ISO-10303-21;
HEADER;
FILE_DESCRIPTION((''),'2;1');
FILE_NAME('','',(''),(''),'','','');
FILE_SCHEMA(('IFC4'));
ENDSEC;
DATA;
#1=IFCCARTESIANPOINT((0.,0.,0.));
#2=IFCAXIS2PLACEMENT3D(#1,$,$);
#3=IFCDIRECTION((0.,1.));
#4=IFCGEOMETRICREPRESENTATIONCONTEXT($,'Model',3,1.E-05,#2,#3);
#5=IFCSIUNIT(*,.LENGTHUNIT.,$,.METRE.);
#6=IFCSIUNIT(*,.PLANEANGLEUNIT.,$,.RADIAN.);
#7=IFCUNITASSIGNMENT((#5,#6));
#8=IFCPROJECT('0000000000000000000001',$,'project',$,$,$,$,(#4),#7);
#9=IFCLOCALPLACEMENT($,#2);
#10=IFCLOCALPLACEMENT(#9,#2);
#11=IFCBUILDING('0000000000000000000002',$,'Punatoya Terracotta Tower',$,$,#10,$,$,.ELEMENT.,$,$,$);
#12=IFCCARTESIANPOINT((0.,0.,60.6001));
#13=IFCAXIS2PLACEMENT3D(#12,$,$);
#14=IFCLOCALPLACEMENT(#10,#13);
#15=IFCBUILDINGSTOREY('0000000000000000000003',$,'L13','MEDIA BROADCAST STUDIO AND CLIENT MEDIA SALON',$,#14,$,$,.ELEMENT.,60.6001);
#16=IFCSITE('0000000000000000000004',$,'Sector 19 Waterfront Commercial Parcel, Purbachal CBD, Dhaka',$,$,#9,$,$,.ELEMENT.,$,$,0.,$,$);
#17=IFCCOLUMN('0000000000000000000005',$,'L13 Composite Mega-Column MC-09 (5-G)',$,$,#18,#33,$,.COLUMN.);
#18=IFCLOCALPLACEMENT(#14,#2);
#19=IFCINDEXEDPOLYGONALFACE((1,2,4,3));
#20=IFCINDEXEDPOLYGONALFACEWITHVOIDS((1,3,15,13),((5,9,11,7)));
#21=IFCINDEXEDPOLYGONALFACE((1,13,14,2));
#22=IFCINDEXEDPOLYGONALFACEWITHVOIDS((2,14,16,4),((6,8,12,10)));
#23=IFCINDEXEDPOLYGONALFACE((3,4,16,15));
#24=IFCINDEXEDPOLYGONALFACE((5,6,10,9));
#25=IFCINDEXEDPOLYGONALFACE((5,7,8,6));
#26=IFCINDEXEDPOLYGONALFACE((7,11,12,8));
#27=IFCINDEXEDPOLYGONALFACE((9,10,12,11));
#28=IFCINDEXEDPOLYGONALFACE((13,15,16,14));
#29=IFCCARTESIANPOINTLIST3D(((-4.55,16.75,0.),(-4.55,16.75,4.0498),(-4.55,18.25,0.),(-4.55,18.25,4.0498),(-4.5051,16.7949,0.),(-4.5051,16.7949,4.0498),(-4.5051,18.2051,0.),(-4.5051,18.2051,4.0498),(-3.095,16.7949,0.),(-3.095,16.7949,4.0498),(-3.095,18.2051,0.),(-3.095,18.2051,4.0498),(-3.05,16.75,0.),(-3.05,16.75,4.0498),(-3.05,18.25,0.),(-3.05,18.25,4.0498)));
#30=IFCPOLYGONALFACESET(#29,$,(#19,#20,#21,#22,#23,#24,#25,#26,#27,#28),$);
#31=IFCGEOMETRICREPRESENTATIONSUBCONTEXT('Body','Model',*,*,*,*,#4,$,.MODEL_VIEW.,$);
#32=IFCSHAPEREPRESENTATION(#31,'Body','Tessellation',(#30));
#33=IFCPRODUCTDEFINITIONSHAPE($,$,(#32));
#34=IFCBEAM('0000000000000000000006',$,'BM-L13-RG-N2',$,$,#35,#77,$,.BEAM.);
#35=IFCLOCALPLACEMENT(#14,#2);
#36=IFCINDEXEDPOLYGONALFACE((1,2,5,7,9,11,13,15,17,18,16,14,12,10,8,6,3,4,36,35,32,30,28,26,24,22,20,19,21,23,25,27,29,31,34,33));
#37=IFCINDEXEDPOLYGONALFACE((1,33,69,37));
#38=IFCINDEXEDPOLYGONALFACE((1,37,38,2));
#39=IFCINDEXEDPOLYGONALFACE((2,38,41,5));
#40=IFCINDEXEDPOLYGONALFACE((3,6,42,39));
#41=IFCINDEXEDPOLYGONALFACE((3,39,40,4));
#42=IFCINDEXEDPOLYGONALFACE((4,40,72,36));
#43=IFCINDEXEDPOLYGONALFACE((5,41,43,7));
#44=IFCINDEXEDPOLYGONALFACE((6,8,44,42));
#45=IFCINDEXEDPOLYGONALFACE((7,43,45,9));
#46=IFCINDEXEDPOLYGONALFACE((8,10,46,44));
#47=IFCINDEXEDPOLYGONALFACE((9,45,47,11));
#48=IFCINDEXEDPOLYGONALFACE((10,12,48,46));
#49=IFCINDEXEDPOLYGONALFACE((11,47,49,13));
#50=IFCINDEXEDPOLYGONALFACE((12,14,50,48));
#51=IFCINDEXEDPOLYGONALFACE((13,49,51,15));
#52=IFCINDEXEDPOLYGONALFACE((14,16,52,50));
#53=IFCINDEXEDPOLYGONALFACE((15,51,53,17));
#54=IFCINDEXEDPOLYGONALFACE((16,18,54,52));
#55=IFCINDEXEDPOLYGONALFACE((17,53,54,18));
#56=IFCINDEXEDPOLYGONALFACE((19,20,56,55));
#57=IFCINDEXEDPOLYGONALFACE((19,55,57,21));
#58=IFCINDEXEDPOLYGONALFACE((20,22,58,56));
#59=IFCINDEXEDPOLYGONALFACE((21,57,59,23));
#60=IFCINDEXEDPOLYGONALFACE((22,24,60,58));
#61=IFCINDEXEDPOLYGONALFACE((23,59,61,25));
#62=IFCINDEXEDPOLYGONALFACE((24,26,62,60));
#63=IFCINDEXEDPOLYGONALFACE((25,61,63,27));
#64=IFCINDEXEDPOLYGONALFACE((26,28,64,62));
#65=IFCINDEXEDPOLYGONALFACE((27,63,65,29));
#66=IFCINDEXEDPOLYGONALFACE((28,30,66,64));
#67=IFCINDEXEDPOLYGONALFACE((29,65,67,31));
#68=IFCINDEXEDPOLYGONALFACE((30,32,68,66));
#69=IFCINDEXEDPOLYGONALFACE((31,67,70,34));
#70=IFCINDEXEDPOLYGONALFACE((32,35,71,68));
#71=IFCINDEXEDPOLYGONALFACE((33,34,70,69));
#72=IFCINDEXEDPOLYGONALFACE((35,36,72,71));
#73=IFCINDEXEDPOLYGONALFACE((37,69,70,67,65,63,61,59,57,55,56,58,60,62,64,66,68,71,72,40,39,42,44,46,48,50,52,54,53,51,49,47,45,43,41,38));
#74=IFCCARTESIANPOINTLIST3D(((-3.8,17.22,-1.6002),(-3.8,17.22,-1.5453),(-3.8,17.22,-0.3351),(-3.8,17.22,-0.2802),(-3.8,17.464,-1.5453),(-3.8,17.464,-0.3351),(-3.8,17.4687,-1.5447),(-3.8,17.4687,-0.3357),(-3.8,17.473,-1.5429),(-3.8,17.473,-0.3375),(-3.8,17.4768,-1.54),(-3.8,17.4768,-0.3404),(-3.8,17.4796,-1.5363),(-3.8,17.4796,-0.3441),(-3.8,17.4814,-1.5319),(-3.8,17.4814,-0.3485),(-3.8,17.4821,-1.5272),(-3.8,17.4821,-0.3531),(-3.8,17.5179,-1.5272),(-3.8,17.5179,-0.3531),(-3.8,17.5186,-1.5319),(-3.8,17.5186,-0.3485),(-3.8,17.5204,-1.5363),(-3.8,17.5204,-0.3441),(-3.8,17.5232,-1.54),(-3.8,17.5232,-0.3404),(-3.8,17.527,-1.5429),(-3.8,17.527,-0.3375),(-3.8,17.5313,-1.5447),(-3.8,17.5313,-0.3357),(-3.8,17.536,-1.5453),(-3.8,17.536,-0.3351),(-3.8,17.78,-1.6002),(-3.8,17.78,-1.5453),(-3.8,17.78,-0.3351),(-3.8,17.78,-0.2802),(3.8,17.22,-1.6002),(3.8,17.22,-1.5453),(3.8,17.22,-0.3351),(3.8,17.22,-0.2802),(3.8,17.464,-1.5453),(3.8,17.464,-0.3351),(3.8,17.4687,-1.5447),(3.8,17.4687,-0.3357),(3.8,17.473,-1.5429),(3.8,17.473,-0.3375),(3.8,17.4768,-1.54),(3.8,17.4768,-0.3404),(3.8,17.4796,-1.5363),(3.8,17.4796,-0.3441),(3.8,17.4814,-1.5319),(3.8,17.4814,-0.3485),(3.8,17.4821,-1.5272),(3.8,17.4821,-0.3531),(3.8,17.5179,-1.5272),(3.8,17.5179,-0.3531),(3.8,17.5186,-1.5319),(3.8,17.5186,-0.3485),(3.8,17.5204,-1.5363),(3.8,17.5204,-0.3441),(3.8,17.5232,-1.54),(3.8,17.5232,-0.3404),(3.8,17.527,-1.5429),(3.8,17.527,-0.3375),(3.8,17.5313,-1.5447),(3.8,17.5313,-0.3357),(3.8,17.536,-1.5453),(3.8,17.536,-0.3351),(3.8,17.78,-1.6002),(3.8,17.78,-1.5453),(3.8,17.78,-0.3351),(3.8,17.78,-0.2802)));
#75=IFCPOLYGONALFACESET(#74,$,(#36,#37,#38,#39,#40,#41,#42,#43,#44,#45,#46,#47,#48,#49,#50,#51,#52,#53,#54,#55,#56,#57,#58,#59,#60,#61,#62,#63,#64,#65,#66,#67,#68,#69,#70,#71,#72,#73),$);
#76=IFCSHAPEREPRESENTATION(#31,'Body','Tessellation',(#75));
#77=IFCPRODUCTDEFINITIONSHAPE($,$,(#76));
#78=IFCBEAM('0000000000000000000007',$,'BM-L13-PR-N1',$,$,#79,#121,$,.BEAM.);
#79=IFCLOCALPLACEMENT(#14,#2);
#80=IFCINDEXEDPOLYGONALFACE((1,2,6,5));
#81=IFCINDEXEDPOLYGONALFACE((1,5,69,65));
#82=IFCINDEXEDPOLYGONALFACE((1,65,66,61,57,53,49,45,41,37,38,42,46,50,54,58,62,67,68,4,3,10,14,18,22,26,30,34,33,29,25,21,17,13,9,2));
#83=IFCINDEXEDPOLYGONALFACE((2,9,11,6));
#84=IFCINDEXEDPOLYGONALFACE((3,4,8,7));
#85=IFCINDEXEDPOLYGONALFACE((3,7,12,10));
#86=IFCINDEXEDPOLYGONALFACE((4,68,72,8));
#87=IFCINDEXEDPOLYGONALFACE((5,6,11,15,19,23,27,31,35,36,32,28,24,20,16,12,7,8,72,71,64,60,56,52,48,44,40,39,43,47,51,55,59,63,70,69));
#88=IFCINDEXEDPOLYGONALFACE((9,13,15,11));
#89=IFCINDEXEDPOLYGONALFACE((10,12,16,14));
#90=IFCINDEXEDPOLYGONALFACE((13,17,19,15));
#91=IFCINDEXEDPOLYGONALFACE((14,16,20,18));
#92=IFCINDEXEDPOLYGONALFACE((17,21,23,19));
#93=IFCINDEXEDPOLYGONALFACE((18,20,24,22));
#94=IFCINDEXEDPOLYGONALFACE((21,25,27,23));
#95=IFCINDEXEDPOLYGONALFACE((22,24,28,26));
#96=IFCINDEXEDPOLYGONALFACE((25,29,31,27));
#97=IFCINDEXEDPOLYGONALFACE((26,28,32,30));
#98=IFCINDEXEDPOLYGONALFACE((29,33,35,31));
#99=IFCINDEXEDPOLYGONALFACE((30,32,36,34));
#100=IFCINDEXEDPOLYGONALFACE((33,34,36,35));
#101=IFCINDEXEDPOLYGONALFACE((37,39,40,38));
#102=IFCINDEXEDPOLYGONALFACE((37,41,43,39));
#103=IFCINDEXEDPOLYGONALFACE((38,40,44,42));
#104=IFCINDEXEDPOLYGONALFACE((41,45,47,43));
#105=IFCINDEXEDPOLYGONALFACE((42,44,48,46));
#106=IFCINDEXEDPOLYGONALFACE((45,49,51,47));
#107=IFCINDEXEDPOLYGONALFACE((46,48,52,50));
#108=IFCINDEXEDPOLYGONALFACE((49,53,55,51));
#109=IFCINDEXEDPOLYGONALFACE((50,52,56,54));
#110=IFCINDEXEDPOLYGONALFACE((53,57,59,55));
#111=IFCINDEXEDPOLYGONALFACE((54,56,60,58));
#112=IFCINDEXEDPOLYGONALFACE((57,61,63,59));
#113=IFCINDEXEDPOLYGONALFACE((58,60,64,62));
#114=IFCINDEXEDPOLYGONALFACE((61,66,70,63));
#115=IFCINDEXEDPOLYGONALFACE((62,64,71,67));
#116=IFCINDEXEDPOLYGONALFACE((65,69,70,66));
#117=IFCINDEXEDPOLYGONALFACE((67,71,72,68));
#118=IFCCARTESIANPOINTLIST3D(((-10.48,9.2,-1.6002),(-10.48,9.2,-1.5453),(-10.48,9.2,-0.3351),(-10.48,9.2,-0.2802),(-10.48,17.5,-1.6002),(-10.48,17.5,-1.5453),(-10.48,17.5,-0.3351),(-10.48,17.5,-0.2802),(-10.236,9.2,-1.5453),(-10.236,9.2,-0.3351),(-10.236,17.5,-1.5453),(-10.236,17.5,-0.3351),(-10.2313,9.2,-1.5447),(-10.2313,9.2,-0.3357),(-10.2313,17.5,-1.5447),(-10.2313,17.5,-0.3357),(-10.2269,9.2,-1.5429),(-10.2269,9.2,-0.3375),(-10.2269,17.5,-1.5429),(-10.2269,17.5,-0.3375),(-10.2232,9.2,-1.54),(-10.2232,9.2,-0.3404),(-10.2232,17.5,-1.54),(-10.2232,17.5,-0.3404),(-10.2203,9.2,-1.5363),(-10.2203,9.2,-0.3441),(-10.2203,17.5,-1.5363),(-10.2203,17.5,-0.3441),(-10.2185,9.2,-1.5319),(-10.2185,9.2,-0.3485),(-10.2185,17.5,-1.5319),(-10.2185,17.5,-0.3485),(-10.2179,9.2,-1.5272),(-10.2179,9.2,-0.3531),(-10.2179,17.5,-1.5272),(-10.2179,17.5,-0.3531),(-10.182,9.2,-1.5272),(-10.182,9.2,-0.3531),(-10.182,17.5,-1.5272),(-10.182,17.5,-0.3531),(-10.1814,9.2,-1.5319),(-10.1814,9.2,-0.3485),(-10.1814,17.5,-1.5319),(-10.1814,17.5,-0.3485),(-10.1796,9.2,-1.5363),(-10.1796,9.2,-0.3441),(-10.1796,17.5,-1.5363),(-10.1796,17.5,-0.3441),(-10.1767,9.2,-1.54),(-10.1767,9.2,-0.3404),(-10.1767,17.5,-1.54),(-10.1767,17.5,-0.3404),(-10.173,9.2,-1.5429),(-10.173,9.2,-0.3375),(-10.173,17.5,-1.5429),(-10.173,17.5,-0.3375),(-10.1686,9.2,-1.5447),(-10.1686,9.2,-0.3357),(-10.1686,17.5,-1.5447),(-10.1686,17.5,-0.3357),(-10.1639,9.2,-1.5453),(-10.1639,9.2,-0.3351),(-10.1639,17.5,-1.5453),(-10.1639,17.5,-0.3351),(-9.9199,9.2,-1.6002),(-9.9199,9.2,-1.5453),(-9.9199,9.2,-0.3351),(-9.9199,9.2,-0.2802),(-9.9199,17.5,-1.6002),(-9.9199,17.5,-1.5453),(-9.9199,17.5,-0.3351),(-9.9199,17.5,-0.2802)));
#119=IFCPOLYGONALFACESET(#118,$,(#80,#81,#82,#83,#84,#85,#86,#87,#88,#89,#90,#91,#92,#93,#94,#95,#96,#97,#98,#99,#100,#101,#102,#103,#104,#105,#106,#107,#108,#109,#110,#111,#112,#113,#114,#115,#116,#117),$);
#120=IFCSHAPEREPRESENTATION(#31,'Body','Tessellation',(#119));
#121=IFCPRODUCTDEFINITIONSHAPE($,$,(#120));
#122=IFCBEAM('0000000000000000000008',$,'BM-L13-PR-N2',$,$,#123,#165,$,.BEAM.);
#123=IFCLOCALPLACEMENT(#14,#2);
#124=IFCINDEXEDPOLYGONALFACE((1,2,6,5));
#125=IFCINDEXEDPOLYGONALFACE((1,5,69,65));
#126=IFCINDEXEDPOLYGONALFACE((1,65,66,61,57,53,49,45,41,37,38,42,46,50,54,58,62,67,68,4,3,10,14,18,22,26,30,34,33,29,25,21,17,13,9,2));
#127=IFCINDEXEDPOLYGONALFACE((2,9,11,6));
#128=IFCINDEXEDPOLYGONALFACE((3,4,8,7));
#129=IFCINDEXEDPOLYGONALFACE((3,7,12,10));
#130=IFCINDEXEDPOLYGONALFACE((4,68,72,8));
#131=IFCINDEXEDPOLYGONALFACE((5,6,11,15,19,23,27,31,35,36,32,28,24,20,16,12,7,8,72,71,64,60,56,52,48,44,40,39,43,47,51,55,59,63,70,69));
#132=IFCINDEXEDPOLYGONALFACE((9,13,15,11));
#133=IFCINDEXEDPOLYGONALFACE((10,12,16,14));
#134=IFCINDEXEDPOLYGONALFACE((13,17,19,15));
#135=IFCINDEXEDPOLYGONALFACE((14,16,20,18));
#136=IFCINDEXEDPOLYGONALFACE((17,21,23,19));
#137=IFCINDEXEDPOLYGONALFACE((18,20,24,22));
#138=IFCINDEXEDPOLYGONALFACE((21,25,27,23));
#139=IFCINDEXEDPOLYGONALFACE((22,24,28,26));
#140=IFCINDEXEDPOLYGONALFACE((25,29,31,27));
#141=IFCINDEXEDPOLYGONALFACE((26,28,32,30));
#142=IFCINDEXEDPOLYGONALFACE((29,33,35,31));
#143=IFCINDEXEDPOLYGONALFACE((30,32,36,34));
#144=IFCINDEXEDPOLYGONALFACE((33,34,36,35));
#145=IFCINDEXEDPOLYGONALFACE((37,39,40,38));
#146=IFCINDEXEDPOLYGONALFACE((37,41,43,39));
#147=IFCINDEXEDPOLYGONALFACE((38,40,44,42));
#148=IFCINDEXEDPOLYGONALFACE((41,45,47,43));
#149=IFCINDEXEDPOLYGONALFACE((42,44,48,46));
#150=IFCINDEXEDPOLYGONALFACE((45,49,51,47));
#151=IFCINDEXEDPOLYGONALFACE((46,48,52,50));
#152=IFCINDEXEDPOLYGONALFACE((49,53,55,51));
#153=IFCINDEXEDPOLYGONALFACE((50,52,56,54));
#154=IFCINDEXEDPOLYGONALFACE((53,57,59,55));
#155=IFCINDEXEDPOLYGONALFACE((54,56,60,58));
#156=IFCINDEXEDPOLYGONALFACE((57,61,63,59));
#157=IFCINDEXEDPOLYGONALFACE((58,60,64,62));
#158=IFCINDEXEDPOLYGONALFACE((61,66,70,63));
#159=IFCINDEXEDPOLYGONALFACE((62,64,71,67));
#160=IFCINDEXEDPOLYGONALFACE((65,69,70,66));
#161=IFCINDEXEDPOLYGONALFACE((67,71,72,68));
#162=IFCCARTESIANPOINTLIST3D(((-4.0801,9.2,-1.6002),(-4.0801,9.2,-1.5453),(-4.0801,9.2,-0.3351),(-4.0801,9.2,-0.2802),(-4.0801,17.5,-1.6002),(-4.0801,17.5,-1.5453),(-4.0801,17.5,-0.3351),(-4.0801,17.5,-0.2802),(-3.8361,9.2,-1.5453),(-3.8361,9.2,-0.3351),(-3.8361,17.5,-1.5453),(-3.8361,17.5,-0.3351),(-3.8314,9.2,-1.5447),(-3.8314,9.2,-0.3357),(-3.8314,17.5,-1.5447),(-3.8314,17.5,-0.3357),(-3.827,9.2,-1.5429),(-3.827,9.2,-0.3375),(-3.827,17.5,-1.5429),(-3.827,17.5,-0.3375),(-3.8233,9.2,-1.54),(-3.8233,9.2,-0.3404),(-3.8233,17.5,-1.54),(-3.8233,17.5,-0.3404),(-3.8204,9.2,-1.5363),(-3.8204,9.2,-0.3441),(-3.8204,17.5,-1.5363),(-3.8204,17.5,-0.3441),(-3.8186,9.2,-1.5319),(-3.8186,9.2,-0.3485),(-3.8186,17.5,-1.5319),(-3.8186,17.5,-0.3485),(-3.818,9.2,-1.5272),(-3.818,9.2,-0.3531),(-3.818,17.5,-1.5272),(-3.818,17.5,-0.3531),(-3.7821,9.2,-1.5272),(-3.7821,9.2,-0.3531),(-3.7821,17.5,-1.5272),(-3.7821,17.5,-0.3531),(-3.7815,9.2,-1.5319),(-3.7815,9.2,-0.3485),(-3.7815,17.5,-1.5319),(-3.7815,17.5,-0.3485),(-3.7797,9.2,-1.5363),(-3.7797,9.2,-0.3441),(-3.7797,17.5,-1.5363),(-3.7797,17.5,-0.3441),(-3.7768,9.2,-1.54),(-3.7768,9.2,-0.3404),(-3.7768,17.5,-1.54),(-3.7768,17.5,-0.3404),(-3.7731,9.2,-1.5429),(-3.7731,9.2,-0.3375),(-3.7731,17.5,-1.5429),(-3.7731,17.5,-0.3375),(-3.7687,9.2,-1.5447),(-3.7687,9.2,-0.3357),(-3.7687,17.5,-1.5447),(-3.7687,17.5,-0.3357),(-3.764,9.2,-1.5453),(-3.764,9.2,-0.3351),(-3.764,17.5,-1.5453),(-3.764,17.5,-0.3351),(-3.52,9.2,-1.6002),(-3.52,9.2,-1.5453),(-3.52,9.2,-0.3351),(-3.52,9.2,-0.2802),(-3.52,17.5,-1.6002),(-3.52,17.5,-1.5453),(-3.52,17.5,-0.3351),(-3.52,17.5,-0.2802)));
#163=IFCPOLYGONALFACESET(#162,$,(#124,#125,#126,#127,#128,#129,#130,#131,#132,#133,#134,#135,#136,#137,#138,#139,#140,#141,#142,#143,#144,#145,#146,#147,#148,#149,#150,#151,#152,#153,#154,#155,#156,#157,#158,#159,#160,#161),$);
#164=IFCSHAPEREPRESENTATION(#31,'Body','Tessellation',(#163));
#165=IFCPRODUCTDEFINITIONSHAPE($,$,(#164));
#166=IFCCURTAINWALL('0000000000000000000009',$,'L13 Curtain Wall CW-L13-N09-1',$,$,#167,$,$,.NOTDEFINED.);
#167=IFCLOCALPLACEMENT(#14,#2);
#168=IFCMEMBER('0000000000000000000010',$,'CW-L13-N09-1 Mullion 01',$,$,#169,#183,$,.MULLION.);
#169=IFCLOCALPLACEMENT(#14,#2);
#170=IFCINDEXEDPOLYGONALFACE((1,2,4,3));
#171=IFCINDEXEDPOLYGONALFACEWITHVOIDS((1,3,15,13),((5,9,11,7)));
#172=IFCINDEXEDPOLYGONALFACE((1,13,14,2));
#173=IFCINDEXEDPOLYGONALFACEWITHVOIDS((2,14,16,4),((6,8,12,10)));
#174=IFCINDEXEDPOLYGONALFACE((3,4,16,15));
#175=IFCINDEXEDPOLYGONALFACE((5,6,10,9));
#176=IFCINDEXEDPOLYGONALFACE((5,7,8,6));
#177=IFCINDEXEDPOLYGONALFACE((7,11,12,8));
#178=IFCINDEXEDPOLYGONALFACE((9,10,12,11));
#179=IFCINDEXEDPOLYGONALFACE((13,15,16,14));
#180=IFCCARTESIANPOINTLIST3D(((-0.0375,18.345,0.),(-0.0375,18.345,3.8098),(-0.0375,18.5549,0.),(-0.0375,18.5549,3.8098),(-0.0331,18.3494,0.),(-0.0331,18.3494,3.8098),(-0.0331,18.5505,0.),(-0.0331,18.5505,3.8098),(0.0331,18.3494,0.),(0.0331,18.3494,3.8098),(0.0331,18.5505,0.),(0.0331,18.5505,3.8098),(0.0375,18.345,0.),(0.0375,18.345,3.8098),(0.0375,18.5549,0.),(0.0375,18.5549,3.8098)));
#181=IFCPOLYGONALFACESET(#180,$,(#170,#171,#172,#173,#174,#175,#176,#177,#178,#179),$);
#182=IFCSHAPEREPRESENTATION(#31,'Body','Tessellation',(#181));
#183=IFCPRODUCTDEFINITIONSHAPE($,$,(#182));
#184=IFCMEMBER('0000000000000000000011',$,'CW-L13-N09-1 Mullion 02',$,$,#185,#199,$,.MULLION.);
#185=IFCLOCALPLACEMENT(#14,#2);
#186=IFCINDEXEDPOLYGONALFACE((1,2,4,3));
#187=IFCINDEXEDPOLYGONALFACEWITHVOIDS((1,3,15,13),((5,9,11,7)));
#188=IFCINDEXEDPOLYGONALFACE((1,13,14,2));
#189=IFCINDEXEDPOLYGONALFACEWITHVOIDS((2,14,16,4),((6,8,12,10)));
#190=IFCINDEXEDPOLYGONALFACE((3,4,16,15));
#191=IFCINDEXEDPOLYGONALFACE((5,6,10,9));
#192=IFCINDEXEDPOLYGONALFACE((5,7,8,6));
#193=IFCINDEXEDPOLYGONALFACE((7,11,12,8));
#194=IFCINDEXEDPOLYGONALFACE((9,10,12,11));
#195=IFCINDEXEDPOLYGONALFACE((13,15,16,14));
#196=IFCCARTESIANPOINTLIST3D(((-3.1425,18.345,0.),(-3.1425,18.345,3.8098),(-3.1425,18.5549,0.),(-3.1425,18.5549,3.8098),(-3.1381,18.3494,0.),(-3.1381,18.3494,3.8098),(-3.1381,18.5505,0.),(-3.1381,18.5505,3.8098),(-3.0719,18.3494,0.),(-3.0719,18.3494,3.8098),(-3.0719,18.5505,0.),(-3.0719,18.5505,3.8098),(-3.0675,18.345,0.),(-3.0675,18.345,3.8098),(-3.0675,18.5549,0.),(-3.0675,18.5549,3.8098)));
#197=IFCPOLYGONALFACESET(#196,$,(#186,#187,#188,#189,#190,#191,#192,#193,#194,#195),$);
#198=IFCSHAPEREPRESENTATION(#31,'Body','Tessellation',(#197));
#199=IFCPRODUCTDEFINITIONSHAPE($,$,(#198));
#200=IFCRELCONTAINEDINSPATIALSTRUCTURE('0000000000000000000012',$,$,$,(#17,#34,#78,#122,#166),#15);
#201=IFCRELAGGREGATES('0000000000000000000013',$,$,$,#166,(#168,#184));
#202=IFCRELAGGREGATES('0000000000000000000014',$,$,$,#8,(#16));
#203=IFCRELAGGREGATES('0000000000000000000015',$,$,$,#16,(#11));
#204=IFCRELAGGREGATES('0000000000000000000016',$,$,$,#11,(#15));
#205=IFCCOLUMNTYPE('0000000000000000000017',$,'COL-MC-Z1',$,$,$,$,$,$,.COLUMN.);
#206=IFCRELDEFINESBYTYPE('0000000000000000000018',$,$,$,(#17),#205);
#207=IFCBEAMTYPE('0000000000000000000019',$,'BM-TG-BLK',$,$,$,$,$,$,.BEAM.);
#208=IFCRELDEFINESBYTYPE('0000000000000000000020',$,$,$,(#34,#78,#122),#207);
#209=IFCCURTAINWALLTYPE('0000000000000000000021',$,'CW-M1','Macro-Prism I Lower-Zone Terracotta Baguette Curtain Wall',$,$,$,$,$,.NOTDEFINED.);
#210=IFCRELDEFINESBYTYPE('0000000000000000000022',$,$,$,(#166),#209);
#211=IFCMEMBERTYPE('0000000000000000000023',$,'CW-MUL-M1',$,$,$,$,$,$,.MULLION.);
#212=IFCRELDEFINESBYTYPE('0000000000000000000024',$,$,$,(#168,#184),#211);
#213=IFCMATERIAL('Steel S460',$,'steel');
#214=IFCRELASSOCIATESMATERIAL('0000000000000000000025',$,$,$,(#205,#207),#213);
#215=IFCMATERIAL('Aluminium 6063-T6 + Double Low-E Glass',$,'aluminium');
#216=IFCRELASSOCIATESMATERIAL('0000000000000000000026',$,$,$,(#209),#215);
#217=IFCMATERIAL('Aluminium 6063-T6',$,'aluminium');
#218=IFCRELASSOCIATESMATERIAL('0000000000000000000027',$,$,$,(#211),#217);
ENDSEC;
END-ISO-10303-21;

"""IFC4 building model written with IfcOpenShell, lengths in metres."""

from ifc_helpers import new_model, si_unit, direction, frame, origin, origin_2d, place, context, subcontext, project, spatial, hollow_rectangle, i_section, extrude, material, material_profile, profile_set, type_object, element, aggregate, save


model = new_model("IFC4")

# Units and contexts
model_context = context("Model", 3, precision=1e-05, world=origin(), true_north=direction((0.0, 1.0)))
body_context = subcontext(model_context, "Body", "Model", "MODEL_VIEW")
ifc_project = project(units=[si_unit("LENGTHUNIT", "METRE"), si_unit("PLANEANGLEUNIT", "RADIAN")], contexts=[model_context])

# Site, building, storey
site_placement = place(None, origin())
site = spatial("IfcSite", under=ifc_project, at=site_placement, Name="Sector 19 Waterfront Commercial Parcel, Purbachal CBD, Dhaka", CompositionType="ELEMENT", RefElevation=0.0)
building_placement = place(site_placement, origin())
building = spatial("IfcBuilding", under=site, at=building_placement, Name="Punatoya Terracotta Tower", CompositionType="ELEMENT")
storey_placement = place(building_placement, frame((0.0, 0.0, 60.6001)))
storey = spatial("IfcBuildingStorey", under=building, at=storey_placement, Name="L13", Description="MEDIA BROADCAST STUDIO AND CLIENT MEDIA SALON", CompositionType="ELEMENT", Elevation=60.6001)

# Column
ifc_material_1 = material(Name="Steel S460", Category="steel")
ifc_material_profile_1 = material_profile(ifc_material_1, hollow_rectangle(XDim=1.5, YDim=1.5, WallThickness=0.0449, at=origin_2d()))
ifc_profile_set_1 = profile_set([ifc_material_profile_1], Name="Steel S460")
column_type = type_object("IfcColumnType", Name="COL-MC-Z1", PredefinedType="COLUMN", material=ifc_profile_set_1)
column_placement = place(storey_placement, frame((-3.8, 17.5, 0.0), z_axis=(0.0, 0.0, 1.0), x_axis=(1.0, 0.0, 0.0)))
element("IfcColumn", 1, at=column_placement, inside=storey, type_object=column_type, Name="L13 Composite Mega-Column MC-09 (5-G)", PredefinedType="COLUMN", context=body_context, shape_type="SweptSolid", body=[
    extrude(hollow_rectangle(XDim=1.5, YDim=1.5, WallThickness=0.0449, at=origin_2d()), origin(), (0.0, 0.0, 1.0), 4.0498),
])

# Beams
ifc_material_profile_2 = material_profile(ifc_material_1, i_section(OverallWidth=0.5601, OverallDepth=1.3201, WebThickness=0.0359, FlangeThickness=0.0549, FilletRadius=0.0181, at=origin_2d()))
ifc_profile_set_2 = profile_set([ifc_material_profile_2], Name="Steel S460")
beam_type = type_object("IfcBeamType", Name="BM-TG-BLK", PredefinedType="BEAM", material=ifc_profile_set_2)
beam_placement = place(storey_placement, frame((-3.8, 17.5, -0.9402), z_axis=(1.0, 0.0, 0.0), x_axis=(0.0, 1.0, 0.0)))
element("IfcBeam", 2, at=beam_placement, inside=storey, type_object=beam_type, Name="BM-L13-RG-N2", PredefinedType="BEAM", context=body_context, shape_type="SweptSolid", body=[
    extrude(i_section(OverallWidth=0.5601, OverallDepth=1.3201, WebThickness=0.0359, FlangeThickness=0.0549, FilletRadius=0.0181, at=origin_2d()), origin(), (0.0, 0.0, 1.0), 7.6001),
])
for number, where, z_axis, x_axis, name in (
    (3, (-10.2, 9.2, -0.9402), (0.0, 1.0, 0.0), (-1.0, 0.0, 0.0), "BM-L13-PR-N1"),
    (4, (-3.8, 9.2, -0.9402), (0.0, 1.0, 0.0), (-1.0, 0.0, 0.0), "BM-L13-PR-N2"),
):
    element("IfcBeam", number, at=place(storey_placement, frame(where, z_axis=z_axis, x_axis=x_axis)), inside=storey, type_object=beam_type, Name=name, PredefinedType="BEAM", context=body_context, shape_type="SweptSolid", body=[
        extrude(i_section(OverallWidth=0.5601, OverallDepth=1.3201, WebThickness=0.0359, FlangeThickness=0.0549, FilletRadius=0.0181, at=origin_2d()), origin(), (0.0, 0.0, 1.0), 8.3),
    ])

# Curtain wall, members
ifc_material_2 = material(Name="Aluminium 6063-T6 + Double Low-E Glass", Category="aluminium")
curtain_wall_type = type_object("IfcCurtainWallType", Name="CW-M1", Description="Macro-Prism I Lower-Zone Terracotta Baguette Curtain Wall", PredefinedType="NOTDEFINED", material=ifc_material_2)
curtain_wall_placement = place(storey_placement, origin())
curtain_wall = element("IfcCurtainWall", 5, at=curtain_wall_placement, inside=storey, type_object=curtain_wall_type, Name="L13 Curtain Wall CW-L13-N09-1", PredefinedType="NOTDEFINED")
ifc_material_3 = material(Name="Aluminium 6063-T6", Category="aluminium")
ifc_material_profile_3 = material_profile(ifc_material_3, hollow_rectangle(XDim=0.075, YDim=0.21, WallThickness=0.0044, at=origin_2d()))
ifc_profile_set_3 = profile_set([ifc_material_profile_3], Name="Aluminium 6063-T6")
member_type = type_object("IfcMemberType", Name="CW-MUL-M1", PredefinedType="MULLION", material=ifc_profile_set_3)
member_1_placement = place(storey_placement, frame((0.0, 18.45, 0.0), z_axis=(0.0, 0.0, 1.0), x_axis=(1.0, 0.0, 0.0)))
member_1 = element("IfcMember", 6, at=member_1_placement, type_object=member_type, Name="CW-L13-N09-1 Mullion 01", PredefinedType="MULLION", context=body_context, shape_type="SweptSolid", body=[
    extrude(hollow_rectangle(XDim=0.075, YDim=0.21, WallThickness=0.0044, at=origin_2d()), origin(), (0.0, 0.0, 1.0), 3.8098),
])
member_2_placement = place(storey_placement, frame((-3.105, 18.45, 0.0), z_axis=(0.0, 0.0, 1.0), x_axis=(1.0, 0.0, 0.0)))
member_2 = element("IfcMember", 7, at=member_2_placement, type_object=member_type, Name="CW-L13-N09-1 Mullion 02", PredefinedType="MULLION", context=body_context, shape_type="SweptSolid", body=[
    extrude(hollow_rectangle(XDim=0.075, YDim=0.21, WallThickness=0.0044, at=origin_2d()), origin(), (0.0, 0.0, 1.0), 3.8098),
])

aggregate(curtain_wall, [member_1, member_2])

save(model, "model.ifc")
